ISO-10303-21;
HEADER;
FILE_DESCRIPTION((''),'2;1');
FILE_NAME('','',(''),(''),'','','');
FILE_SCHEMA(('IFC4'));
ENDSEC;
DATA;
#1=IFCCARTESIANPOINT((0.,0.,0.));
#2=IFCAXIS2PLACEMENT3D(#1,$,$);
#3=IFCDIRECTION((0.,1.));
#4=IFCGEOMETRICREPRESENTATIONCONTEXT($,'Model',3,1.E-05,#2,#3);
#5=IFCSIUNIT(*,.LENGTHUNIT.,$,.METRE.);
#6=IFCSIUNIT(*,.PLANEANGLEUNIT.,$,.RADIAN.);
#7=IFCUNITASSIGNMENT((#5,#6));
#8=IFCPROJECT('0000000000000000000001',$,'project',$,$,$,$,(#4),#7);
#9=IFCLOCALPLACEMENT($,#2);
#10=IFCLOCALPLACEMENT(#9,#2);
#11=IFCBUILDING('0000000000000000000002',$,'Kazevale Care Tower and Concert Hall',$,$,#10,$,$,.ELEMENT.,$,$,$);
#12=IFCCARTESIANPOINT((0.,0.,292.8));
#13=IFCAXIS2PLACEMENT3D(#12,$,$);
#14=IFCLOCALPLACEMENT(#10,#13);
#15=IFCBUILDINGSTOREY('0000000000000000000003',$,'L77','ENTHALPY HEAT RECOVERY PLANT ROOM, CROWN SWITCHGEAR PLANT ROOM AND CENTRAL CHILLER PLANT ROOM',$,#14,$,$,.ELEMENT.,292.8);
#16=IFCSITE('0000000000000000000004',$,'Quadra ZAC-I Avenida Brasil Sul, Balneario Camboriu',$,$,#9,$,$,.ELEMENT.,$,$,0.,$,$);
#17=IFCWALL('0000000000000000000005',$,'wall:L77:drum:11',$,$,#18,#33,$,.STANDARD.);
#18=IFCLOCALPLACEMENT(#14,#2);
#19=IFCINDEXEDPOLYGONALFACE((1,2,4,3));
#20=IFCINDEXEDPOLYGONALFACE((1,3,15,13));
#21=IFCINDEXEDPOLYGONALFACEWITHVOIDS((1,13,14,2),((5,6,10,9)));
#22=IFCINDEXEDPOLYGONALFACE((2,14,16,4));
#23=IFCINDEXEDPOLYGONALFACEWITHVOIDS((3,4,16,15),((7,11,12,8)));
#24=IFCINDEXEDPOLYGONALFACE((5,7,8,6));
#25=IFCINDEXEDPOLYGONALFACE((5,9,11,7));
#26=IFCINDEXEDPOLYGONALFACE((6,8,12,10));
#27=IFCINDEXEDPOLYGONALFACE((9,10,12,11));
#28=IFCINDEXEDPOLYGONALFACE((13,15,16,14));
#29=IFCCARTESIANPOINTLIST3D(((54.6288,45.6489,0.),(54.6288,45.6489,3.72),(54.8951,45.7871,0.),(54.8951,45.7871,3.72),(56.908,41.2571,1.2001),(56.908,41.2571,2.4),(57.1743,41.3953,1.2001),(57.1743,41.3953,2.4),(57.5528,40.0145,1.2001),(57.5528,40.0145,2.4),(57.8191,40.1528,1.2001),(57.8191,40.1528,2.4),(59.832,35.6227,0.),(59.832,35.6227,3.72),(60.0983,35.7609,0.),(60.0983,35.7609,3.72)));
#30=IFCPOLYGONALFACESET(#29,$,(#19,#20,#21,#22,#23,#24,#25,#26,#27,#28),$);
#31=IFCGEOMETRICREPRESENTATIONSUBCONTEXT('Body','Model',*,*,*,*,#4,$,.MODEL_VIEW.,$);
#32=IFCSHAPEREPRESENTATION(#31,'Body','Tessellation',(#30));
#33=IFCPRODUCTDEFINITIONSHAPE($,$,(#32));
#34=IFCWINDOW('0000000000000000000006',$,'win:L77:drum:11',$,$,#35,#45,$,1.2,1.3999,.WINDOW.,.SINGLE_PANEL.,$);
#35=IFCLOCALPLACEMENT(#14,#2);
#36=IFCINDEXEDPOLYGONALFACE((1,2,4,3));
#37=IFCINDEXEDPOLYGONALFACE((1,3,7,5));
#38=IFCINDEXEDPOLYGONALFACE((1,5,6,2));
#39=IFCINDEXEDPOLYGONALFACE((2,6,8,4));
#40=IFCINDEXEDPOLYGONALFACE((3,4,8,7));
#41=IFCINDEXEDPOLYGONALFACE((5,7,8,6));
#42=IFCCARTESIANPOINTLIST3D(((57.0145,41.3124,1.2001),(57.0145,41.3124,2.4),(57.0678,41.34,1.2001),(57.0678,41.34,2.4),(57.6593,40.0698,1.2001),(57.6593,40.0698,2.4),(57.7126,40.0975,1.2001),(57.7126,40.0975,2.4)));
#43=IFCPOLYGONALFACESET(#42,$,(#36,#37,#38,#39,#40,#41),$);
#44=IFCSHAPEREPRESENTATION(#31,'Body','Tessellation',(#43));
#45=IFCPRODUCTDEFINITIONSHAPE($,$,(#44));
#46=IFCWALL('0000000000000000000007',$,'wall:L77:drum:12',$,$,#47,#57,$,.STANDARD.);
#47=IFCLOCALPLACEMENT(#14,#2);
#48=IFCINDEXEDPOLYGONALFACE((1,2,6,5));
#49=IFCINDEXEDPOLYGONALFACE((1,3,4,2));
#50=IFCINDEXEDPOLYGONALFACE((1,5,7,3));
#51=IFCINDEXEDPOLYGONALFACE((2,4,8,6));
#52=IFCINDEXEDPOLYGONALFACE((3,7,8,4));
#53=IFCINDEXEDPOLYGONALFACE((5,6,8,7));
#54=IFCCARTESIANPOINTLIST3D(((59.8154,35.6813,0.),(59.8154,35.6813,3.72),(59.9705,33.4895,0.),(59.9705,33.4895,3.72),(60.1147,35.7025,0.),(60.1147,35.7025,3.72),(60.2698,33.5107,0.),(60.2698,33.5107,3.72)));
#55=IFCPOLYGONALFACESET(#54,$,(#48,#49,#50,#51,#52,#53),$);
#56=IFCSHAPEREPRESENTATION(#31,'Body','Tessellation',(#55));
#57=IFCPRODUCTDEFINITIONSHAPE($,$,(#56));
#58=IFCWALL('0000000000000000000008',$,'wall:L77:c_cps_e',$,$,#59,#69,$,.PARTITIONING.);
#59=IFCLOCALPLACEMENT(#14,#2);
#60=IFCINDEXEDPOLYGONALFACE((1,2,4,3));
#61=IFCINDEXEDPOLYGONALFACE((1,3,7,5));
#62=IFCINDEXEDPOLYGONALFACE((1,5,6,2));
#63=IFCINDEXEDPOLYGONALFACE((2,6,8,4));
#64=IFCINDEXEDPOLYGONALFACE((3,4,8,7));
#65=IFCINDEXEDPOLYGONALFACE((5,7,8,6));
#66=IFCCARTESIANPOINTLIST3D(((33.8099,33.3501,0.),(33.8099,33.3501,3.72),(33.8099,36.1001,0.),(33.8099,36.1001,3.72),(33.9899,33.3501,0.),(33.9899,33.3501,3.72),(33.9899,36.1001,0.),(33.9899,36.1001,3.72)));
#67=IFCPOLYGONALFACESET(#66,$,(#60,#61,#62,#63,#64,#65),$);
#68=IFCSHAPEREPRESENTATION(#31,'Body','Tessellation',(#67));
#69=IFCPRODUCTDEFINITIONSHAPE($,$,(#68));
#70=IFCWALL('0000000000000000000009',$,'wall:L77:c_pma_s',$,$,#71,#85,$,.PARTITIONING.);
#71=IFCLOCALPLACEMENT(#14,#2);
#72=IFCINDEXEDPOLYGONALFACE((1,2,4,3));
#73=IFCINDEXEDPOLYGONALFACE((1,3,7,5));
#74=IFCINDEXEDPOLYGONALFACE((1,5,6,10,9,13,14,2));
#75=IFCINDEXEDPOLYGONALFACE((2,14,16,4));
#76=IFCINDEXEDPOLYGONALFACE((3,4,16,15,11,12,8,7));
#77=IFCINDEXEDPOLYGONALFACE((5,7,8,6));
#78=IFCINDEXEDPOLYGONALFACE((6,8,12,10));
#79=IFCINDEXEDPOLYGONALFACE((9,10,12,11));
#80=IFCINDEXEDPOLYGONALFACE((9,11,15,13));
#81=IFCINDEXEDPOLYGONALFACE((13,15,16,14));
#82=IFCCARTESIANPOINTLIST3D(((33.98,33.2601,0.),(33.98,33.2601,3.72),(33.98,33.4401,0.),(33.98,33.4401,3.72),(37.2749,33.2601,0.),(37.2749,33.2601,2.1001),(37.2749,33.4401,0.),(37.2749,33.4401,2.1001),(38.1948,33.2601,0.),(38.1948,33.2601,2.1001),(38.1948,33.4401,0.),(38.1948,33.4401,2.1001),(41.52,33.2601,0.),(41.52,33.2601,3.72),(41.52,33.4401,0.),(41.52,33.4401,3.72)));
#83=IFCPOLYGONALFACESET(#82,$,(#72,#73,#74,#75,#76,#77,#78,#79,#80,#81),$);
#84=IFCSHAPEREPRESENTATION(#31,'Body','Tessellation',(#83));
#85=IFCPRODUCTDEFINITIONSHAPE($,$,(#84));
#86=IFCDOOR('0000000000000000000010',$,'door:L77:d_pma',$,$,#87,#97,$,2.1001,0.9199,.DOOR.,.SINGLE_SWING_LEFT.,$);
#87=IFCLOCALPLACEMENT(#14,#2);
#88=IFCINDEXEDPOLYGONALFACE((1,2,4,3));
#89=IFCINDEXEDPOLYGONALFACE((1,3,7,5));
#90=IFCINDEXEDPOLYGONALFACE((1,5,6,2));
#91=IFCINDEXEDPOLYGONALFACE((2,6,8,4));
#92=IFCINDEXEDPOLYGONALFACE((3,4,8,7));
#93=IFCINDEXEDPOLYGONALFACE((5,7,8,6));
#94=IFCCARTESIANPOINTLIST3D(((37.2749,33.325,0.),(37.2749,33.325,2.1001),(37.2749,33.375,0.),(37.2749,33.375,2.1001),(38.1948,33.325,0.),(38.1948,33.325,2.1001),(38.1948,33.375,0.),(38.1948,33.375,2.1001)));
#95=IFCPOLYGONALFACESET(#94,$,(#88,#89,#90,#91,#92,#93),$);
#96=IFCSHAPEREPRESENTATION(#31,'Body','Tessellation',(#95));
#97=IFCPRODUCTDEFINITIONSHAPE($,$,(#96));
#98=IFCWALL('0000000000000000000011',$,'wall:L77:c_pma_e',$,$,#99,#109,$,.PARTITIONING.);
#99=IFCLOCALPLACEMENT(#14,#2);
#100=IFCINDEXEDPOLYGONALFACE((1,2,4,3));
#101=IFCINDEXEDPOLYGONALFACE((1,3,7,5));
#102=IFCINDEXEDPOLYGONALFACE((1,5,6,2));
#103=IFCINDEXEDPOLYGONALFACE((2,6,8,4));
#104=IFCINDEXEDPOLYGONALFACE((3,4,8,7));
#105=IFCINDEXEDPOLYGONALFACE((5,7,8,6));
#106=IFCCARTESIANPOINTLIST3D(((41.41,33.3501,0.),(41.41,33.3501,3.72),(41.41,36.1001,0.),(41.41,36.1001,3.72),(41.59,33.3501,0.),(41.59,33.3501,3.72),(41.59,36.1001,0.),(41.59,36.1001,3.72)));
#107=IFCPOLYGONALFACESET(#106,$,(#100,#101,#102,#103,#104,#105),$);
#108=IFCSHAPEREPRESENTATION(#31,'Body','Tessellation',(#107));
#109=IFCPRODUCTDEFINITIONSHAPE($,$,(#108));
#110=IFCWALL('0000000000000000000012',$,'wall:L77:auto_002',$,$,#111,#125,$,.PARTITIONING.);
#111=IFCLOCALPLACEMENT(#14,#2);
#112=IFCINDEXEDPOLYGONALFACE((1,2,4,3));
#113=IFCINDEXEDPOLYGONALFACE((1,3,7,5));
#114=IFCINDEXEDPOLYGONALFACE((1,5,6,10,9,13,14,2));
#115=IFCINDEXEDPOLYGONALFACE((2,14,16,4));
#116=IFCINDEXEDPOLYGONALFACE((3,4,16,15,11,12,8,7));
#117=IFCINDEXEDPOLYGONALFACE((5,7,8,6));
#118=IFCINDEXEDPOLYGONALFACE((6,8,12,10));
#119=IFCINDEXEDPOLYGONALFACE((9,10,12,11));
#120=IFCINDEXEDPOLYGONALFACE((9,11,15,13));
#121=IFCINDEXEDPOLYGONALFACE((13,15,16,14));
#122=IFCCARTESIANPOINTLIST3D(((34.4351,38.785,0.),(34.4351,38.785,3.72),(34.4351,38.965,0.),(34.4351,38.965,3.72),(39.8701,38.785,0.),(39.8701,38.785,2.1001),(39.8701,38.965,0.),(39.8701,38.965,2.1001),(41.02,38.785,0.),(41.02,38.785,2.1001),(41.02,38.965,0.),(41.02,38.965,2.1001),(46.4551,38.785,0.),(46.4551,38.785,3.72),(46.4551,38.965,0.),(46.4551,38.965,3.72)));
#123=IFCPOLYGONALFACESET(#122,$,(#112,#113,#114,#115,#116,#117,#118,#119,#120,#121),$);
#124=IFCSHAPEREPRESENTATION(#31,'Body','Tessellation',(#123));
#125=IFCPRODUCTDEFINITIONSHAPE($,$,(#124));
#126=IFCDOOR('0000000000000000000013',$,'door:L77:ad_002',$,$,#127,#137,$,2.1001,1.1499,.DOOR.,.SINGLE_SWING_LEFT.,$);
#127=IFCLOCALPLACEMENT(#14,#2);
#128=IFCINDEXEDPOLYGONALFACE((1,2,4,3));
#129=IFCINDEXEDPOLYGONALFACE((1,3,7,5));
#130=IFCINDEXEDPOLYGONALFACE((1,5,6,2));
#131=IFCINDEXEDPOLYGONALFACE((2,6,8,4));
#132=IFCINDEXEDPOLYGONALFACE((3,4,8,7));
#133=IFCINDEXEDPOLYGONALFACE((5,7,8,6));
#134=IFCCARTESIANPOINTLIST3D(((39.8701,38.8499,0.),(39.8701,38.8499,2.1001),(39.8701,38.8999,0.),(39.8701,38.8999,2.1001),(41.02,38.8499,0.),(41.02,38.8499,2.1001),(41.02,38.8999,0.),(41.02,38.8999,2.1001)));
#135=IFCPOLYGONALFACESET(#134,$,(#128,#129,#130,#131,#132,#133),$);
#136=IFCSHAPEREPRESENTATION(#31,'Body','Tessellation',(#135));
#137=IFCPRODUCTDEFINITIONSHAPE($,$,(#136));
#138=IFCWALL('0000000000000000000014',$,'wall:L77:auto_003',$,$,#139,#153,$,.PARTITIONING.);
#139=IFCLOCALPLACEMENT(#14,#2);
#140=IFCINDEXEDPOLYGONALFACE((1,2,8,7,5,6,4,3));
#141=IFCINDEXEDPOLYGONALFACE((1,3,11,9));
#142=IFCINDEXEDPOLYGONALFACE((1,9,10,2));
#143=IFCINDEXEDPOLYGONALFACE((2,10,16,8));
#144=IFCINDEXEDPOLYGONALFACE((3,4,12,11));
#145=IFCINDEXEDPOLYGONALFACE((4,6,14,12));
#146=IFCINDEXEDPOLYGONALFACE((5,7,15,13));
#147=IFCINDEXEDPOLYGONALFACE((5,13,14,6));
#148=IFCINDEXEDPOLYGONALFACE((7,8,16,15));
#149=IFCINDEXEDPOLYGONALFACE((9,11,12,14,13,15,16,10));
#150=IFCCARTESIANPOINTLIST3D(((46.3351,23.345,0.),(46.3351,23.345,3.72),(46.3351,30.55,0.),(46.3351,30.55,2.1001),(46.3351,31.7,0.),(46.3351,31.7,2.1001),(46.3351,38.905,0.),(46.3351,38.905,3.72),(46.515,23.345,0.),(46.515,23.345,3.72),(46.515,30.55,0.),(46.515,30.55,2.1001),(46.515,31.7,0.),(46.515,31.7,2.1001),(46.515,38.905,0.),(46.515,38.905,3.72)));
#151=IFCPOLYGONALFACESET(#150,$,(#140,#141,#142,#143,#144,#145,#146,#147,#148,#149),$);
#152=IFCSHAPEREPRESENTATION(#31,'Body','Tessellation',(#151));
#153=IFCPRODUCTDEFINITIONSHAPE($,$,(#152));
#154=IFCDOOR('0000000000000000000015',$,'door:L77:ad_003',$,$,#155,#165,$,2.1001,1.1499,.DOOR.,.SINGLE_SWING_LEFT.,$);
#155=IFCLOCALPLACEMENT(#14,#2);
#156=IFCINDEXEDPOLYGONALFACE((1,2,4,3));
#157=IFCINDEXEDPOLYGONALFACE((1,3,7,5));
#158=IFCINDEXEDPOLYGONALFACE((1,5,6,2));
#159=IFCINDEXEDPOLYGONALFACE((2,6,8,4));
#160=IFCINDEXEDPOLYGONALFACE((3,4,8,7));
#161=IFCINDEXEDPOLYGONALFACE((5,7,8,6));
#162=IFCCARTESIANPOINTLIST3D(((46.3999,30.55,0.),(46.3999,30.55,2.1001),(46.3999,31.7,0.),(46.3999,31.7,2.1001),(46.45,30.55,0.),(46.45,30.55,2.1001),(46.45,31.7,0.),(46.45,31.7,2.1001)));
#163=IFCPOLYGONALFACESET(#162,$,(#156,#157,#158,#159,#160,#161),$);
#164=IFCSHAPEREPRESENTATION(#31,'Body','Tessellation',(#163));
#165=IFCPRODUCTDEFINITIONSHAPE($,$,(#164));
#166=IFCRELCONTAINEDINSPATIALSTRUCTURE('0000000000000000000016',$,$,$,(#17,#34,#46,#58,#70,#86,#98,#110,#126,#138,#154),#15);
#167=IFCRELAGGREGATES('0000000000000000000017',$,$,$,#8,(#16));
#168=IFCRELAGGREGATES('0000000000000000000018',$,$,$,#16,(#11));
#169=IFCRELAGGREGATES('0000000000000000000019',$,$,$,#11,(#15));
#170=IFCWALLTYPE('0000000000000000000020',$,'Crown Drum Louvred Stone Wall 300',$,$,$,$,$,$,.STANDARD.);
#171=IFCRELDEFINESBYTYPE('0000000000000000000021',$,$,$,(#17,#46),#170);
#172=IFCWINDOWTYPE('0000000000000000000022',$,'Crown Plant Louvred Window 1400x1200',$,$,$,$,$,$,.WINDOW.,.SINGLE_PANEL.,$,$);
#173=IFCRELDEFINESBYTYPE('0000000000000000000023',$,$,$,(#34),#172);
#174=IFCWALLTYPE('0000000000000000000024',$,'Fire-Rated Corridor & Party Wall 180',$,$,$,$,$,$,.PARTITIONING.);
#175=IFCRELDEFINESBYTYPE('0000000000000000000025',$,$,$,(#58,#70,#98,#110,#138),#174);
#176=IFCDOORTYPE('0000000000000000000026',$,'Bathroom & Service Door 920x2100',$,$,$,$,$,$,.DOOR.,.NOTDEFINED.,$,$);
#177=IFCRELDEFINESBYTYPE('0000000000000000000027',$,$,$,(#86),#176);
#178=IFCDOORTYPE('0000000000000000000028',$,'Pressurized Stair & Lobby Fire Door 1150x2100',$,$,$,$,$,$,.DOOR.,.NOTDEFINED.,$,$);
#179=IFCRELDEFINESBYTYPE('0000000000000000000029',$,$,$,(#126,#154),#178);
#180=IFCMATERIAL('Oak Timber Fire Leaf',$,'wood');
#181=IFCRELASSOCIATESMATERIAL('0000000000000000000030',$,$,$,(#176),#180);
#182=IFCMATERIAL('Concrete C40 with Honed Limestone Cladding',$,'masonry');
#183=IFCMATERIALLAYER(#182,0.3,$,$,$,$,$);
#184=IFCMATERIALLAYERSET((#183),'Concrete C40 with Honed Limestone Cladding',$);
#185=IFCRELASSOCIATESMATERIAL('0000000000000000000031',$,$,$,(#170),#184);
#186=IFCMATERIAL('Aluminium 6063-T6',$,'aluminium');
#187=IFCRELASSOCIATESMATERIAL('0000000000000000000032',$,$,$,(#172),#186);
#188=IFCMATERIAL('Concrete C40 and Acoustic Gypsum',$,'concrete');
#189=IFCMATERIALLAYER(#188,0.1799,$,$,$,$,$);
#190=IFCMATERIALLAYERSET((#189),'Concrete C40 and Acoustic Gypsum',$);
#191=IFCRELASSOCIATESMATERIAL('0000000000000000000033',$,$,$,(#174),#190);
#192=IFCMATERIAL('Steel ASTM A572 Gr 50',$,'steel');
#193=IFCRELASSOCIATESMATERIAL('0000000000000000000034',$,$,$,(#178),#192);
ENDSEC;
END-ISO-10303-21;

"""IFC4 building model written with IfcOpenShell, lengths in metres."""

from ifc_helpers import new_model, si_unit, direction, frame, frame_2d, origin, place, context, subcontext, project, spatial, rectangle, extrude, material, layer, layer_set, type_object, element, fill, save


model = new_model("IFC4")

# Units and contexts
model_context = context("Model", 3, precision=1e-05, world=origin(), true_north=direction((0.0, 1.0)))
body_context = subcontext(model_context, "Body", "Model", "MODEL_VIEW")
ifc_project = project(units=[si_unit("LENGTHUNIT", "METRE"), si_unit("PLANEANGLEUNIT", "RADIAN")], contexts=[model_context])

# Site, building, storey
site_placement = place(None, origin())
site = spatial("IfcSite", under=ifc_project, at=site_placement, Name="Quadra ZAC-I Avenida Brasil Sul, Balneario Camboriu", CompositionType="ELEMENT", RefElevation=0.0)
building_placement = place(site_placement, origin())
building = spatial("IfcBuilding", under=site, at=building_placement, Name="Kazevale Care Tower and Concert Hall", CompositionType="ELEMENT")
storey_placement = place(building_placement, frame((0.0, 0.0, 292.8)))
storey = spatial("IfcBuildingStorey", under=building, at=storey_placement, Name="L77", Description="ENTHALPY HEAT RECOVERY PLANT ROOM, CROWN SWITCHGEAR PLANT ROOM AND CENTRAL CHILLER PLANT ROOM", CompositionType="ELEMENT", Elevation=292.8)

# Shared definitions
ifc_material_1 = material(Name="Steel ASTM A572 Gr 50", Category="steel")

# Shared definitions
ifc_material_2 = material(Name="Oak Timber Fire Leaf", Category="wood")
door_type_1 = type_object("IfcDoorType", Name="Bathroom & Service Door 920x2100", OperationType="NOTDEFINED", PredefinedType="DOOR", material=ifc_material_2)

# Shared definitions
ifc_material_3 = material(Name="Concrete C40 with Honed Limestone Cladding", Category="masonry")
ifc_layer_1 = layer(ifc_material_3, 0.3)
ifc_layer_set_1 = layer_set([ifc_layer_1], Name="Concrete C40 with Honed Limestone Cladding")
wall_type_1 = type_object("IfcWallType", Name="Crown Drum Louvred Stone Wall 300", PredefinedType="STANDARD", material=ifc_layer_set_1)
ifc_material_4 = material(Name="Aluminium 6063-T6", Category="aluminium")
window_type = type_object("IfcWindowType", Name="Crown Plant Louvred Window 1400x1200", PartitioningType="SINGLE_PANEL", PredefinedType="WINDOW", material=ifc_material_4)

# Wall, opening, window
wall_1_placement = place(storey_placement, frame((54.762, 45.718, 0.0), z_axis=(0.0, 0.0, 1.0), x_axis=(0.460624, -0.887595, 0.0)))
wall_1 = element("IfcWall", 1, at=wall_1_placement, inside=storey, type_object=wall_type_1, Name="wall:L77:drum:11", PredefinedType="STANDARD", context=body_context, shape_type="SweptSolid", body=[
    extrude(rectangle(XDim=11.2959, YDim=0.3, at=frame_2d((5.6479, 0.0))), origin(), (0.0, 0.0, 1.0), 3.72),
])
opening_1_placement = place(wall_1_placement, frame((4.948, 0.0, 1.2)))
opening_1 = element("IfcOpeningElement", 2, at=opening_1_placement, cuts=wall_1, PredefinedType="OPENING", context=body_context, shape_type="SweptSolid", body=[
    extrude(rectangle(XDim=1.3999, YDim=1.2, at=frame_2d((0.7, 0.6001))), frame((0.0, 0.1599, 0.0), z_axis=(0.0, -1.0, 0.0), x_axis=(1.0, 0.0, 0.0)), (0.0, 0.0, 1.0), 0.3201),
])
window_1_placement = place(opening_1_placement, origin())
window_1 = element("IfcWindow", 3, at=window_1_placement, inside=storey, type_object=window_type, Name="win:L77:drum:11", OverallHeight=1.2, OverallWidth=1.3999, PartitioningType="SINGLE_PANEL", PredefinedType="WINDOW", context=body_context, shape_type="SweptSolid", body=[
    extrude(rectangle(XDim=1.3999, YDim=1.2, at=frame_2d((0.7, 0.6001))), frame((0.0, 0.03, 0.0), z_axis=(0.0, -1.0, 0.0), x_axis=(1.0, 0.0, 0.0)), (0.0, 0.0, 1.0), 0.0601),
])
fill(opening_1, window_1)

# Walls
wall_2_placement = place(storey_placement, frame((59.9651, 35.6919, 0.0), z_axis=(0.0, 0.0, 1.0), x_axis=(0.070552, -0.997508, 0.0)))
element("IfcWall", 4, at=wall_2_placement, inside=storey, type_object=wall_type_1, Name="wall:L77:drum:12", PredefinedType="STANDARD", context=body_context, shape_type="SweptSolid", body=[
    extrude(rectangle(XDim=2.1973, YDim=0.3, at=frame_2d((1.0986, 0.0))), origin(), (0.0, 0.0, 1.0), 3.72),
])
ifc_material_5 = material(Name="Concrete C40 and Acoustic Gypsum", Category="concrete")
ifc_layer_2 = layer(ifc_material_5, 0.1799)
ifc_layer_set_2 = layer_set([ifc_layer_2], Name="Concrete C40 and Acoustic Gypsum")
wall_type_2 = type_object("IfcWallType", Name="Fire-Rated Corridor & Party Wall 180", PredefinedType="PARTITIONING", material=ifc_layer_set_2)
wall_3_placement = place(storey_placement, frame((33.8999, 33.3501, 0.0), z_axis=(0.0, 0.0, 1.0), x_axis=(0.0, 1.0, 0.0)))
element("IfcWall", 5, at=wall_3_placement, inside=storey, type_object=wall_type_2, Name="wall:L77:c_cps_e", PredefinedType="PARTITIONING", context=body_context, shape_type="SweptSolid", body=[
    extrude(rectangle(XDim=2.75, YDim=0.1799, at=frame_2d((1.375, 0.0))), origin(), (0.0, 0.0, 1.0), 3.72),
])

# Wall, opening, door
wall_4_placement = place(storey_placement, frame((33.98, 33.3501, 0.0), z_axis=(0.0, 0.0, 1.0), x_axis=(1.0, 0.0, 0.0)))
wall_4 = element("IfcWall", 6, at=wall_4_placement, inside=storey, type_object=wall_type_2, Name="wall:L77:c_pma_s", PredefinedType="PARTITIONING", context=body_context, shape_type="SweptSolid", body=[
    extrude(rectangle(XDim=7.54, YDim=0.1799, at=frame_2d((3.77, 0.0))), origin(), (0.0, 0.0, 1.0), 3.72),
])
opening_2_placement = place(wall_4_placement, frame((3.2949, 0.0, 0.0)))
opening_2 = element("IfcOpeningElement", 7, at=opening_2_placement, cuts=wall_4, PredefinedType="OPENING", context=body_context, shape_type="SweptSolid", body=[
    extrude(rectangle(XDim=0.9199, YDim=2.1001, at=frame_2d((0.46, 1.05))), frame((0.0, 0.0999, 0.0), z_axis=(0.0, -1.0, 0.0), x_axis=(1.0, 0.0, 0.0)), (0.0, 0.0, 1.0), 0.2),
])
door_1_placement = place(opening_2_placement, origin())
door_1 = element("IfcDoor", 8, at=door_1_placement, inside=storey, type_object=door_type_1, Name="door:L77:d_pma", OperationType="SINGLE_SWING_LEFT", OverallHeight=2.1001, OverallWidth=0.9199, PredefinedType="DOOR", context=body_context, shape_type="SweptSolid", body=[
    extrude(rectangle(XDim=0.9199, YDim=2.1001, at=frame_2d((0.46, 1.05))), frame((0.0, 0.0249, 0.0), z_axis=(0.0, -1.0, 0.0), x_axis=(1.0, 0.0, 0.0)), (0.0, 0.0, 1.0), 0.05),
])
fill(opening_2, door_1)

# Wall
wall_5_placement = place(storey_placement, frame((41.5, 33.3501, 0.0), z_axis=(0.0, 0.0, 1.0), x_axis=(0.0, 1.0, 0.0)))
element("IfcWall", 9, at=wall_5_placement, inside=storey, type_object=wall_type_2, Name="wall:L77:c_pma_e", PredefinedType="PARTITIONING", context=body_context, shape_type="SweptSolid", body=[
    extrude(rectangle(XDim=2.75, YDim=0.1799, at=frame_2d((1.375, 0.0))), origin(), (0.0, 0.0, 1.0), 3.72),
])

# Walls, openings, doors
wall_6_placement = place(storey_placement, frame((34.4351, 38.875, 0.0), z_axis=(0.0, 0.0, 1.0), x_axis=(1.0, 0.0, 0.0)))
wall_6 = element("IfcWall", 10, at=wall_6_placement, inside=storey, type_object=wall_type_2, Name="wall:L77:auto_002", PredefinedType="PARTITIONING", context=body_context, shape_type="SweptSolid", body=[
    extrude(rectangle(XDim=12.02, YDim=0.1799, at=frame_2d((6.01, 0.0))), origin(), (0.0, 0.0, 1.0), 3.72),
])
opening_3_placement = place(wall_6_placement, frame((5.4351, 0.0, 0.0)))
opening_3 = element("IfcOpeningElement", 11, at=opening_3_placement, cuts=wall_6, PredefinedType="OPENING", context=body_context, shape_type="SweptSolid", body=[
    extrude(rectangle(XDim=1.1499, YDim=2.1001, at=frame_2d((0.575, 1.05))), frame((0.0, 0.0999, 0.0), z_axis=(0.0, -1.0, 0.0), x_axis=(1.0, 0.0, 0.0)), (0.0, 0.0, 1.0), 0.2),
])
door_type_2 = type_object("IfcDoorType", Name="Pressurized Stair & Lobby Fire Door 1150x2100", OperationType="NOTDEFINED", PredefinedType="DOOR", material=ifc_material_1)
door_2_placement = place(opening_3_placement, origin())
door_2 = element("IfcDoor", 12, at=door_2_placement, inside=storey, type_object=door_type_2, Name="door:L77:ad_002", OperationType="SINGLE_SWING_LEFT", OverallHeight=2.1001, OverallWidth=1.1499, PredefinedType="DOOR", context=body_context, shape_type="SweptSolid", body=[
    extrude(rectangle(XDim=1.1499, YDim=2.1001, at=frame_2d((0.575, 1.05))), frame((0.0, 0.0249, 0.0), z_axis=(0.0, -1.0, 0.0), x_axis=(1.0, 0.0, 0.0)), (0.0, 0.0, 1.0), 0.05),
])
fill(opening_3, door_2)
wall_7_placement = place(storey_placement, frame((46.425, 38.905, 0.0), z_axis=(0.0, 0.0, 1.0), x_axis=(0.0, -1.0, 0.0)))
wall_7 = element("IfcWall", 13, at=wall_7_placement, inside=storey, type_object=wall_type_2, Name="wall:L77:auto_003", PredefinedType="PARTITIONING", context=body_context, shape_type="SweptSolid", body=[
    extrude(rectangle(XDim=15.5601, YDim=0.1799, at=frame_2d((7.78, 0.0))), origin(), (0.0, 0.0, 1.0), 3.72),
])
opening_4_placement = place(wall_7_placement, frame((7.2051, 0.0, 0.0)))
opening_4 = element("IfcOpeningElement", 14, at=opening_4_placement, cuts=wall_7, PredefinedType="OPENING", context=body_context, shape_type="SweptSolid", body=[
    extrude(rectangle(XDim=1.1499, YDim=2.1001, at=frame_2d((0.575, 1.05))), frame((0.0, 0.0999, 0.0), z_axis=(0.0, -1.0, 0.0), x_axis=(1.0, 0.0, 0.0)), (0.0, 0.0, 1.0), 0.2),
])
door_3_placement = place(opening_4_placement, origin())
door_3 = element("IfcDoor", 15, at=door_3_placement, inside=storey, type_object=door_type_2, Name="door:L77:ad_003", OperationType="SINGLE_SWING_LEFT", OverallHeight=2.1001, OverallWidth=1.1499, PredefinedType="DOOR", context=body_context, shape_type="SweptSolid", body=[
    extrude(rectangle(XDim=1.1499, YDim=2.1001, at=frame_2d((0.575, 1.05))), frame((0.0, 0.0249, 0.0), z_axis=(0.0, -1.0, 0.0), x_axis=(1.0, 0.0, 0.0)), (0.0, 0.0, 1.0), 0.05),
])
fill(opening_4, door_3)

save(model, "model.ifc")
